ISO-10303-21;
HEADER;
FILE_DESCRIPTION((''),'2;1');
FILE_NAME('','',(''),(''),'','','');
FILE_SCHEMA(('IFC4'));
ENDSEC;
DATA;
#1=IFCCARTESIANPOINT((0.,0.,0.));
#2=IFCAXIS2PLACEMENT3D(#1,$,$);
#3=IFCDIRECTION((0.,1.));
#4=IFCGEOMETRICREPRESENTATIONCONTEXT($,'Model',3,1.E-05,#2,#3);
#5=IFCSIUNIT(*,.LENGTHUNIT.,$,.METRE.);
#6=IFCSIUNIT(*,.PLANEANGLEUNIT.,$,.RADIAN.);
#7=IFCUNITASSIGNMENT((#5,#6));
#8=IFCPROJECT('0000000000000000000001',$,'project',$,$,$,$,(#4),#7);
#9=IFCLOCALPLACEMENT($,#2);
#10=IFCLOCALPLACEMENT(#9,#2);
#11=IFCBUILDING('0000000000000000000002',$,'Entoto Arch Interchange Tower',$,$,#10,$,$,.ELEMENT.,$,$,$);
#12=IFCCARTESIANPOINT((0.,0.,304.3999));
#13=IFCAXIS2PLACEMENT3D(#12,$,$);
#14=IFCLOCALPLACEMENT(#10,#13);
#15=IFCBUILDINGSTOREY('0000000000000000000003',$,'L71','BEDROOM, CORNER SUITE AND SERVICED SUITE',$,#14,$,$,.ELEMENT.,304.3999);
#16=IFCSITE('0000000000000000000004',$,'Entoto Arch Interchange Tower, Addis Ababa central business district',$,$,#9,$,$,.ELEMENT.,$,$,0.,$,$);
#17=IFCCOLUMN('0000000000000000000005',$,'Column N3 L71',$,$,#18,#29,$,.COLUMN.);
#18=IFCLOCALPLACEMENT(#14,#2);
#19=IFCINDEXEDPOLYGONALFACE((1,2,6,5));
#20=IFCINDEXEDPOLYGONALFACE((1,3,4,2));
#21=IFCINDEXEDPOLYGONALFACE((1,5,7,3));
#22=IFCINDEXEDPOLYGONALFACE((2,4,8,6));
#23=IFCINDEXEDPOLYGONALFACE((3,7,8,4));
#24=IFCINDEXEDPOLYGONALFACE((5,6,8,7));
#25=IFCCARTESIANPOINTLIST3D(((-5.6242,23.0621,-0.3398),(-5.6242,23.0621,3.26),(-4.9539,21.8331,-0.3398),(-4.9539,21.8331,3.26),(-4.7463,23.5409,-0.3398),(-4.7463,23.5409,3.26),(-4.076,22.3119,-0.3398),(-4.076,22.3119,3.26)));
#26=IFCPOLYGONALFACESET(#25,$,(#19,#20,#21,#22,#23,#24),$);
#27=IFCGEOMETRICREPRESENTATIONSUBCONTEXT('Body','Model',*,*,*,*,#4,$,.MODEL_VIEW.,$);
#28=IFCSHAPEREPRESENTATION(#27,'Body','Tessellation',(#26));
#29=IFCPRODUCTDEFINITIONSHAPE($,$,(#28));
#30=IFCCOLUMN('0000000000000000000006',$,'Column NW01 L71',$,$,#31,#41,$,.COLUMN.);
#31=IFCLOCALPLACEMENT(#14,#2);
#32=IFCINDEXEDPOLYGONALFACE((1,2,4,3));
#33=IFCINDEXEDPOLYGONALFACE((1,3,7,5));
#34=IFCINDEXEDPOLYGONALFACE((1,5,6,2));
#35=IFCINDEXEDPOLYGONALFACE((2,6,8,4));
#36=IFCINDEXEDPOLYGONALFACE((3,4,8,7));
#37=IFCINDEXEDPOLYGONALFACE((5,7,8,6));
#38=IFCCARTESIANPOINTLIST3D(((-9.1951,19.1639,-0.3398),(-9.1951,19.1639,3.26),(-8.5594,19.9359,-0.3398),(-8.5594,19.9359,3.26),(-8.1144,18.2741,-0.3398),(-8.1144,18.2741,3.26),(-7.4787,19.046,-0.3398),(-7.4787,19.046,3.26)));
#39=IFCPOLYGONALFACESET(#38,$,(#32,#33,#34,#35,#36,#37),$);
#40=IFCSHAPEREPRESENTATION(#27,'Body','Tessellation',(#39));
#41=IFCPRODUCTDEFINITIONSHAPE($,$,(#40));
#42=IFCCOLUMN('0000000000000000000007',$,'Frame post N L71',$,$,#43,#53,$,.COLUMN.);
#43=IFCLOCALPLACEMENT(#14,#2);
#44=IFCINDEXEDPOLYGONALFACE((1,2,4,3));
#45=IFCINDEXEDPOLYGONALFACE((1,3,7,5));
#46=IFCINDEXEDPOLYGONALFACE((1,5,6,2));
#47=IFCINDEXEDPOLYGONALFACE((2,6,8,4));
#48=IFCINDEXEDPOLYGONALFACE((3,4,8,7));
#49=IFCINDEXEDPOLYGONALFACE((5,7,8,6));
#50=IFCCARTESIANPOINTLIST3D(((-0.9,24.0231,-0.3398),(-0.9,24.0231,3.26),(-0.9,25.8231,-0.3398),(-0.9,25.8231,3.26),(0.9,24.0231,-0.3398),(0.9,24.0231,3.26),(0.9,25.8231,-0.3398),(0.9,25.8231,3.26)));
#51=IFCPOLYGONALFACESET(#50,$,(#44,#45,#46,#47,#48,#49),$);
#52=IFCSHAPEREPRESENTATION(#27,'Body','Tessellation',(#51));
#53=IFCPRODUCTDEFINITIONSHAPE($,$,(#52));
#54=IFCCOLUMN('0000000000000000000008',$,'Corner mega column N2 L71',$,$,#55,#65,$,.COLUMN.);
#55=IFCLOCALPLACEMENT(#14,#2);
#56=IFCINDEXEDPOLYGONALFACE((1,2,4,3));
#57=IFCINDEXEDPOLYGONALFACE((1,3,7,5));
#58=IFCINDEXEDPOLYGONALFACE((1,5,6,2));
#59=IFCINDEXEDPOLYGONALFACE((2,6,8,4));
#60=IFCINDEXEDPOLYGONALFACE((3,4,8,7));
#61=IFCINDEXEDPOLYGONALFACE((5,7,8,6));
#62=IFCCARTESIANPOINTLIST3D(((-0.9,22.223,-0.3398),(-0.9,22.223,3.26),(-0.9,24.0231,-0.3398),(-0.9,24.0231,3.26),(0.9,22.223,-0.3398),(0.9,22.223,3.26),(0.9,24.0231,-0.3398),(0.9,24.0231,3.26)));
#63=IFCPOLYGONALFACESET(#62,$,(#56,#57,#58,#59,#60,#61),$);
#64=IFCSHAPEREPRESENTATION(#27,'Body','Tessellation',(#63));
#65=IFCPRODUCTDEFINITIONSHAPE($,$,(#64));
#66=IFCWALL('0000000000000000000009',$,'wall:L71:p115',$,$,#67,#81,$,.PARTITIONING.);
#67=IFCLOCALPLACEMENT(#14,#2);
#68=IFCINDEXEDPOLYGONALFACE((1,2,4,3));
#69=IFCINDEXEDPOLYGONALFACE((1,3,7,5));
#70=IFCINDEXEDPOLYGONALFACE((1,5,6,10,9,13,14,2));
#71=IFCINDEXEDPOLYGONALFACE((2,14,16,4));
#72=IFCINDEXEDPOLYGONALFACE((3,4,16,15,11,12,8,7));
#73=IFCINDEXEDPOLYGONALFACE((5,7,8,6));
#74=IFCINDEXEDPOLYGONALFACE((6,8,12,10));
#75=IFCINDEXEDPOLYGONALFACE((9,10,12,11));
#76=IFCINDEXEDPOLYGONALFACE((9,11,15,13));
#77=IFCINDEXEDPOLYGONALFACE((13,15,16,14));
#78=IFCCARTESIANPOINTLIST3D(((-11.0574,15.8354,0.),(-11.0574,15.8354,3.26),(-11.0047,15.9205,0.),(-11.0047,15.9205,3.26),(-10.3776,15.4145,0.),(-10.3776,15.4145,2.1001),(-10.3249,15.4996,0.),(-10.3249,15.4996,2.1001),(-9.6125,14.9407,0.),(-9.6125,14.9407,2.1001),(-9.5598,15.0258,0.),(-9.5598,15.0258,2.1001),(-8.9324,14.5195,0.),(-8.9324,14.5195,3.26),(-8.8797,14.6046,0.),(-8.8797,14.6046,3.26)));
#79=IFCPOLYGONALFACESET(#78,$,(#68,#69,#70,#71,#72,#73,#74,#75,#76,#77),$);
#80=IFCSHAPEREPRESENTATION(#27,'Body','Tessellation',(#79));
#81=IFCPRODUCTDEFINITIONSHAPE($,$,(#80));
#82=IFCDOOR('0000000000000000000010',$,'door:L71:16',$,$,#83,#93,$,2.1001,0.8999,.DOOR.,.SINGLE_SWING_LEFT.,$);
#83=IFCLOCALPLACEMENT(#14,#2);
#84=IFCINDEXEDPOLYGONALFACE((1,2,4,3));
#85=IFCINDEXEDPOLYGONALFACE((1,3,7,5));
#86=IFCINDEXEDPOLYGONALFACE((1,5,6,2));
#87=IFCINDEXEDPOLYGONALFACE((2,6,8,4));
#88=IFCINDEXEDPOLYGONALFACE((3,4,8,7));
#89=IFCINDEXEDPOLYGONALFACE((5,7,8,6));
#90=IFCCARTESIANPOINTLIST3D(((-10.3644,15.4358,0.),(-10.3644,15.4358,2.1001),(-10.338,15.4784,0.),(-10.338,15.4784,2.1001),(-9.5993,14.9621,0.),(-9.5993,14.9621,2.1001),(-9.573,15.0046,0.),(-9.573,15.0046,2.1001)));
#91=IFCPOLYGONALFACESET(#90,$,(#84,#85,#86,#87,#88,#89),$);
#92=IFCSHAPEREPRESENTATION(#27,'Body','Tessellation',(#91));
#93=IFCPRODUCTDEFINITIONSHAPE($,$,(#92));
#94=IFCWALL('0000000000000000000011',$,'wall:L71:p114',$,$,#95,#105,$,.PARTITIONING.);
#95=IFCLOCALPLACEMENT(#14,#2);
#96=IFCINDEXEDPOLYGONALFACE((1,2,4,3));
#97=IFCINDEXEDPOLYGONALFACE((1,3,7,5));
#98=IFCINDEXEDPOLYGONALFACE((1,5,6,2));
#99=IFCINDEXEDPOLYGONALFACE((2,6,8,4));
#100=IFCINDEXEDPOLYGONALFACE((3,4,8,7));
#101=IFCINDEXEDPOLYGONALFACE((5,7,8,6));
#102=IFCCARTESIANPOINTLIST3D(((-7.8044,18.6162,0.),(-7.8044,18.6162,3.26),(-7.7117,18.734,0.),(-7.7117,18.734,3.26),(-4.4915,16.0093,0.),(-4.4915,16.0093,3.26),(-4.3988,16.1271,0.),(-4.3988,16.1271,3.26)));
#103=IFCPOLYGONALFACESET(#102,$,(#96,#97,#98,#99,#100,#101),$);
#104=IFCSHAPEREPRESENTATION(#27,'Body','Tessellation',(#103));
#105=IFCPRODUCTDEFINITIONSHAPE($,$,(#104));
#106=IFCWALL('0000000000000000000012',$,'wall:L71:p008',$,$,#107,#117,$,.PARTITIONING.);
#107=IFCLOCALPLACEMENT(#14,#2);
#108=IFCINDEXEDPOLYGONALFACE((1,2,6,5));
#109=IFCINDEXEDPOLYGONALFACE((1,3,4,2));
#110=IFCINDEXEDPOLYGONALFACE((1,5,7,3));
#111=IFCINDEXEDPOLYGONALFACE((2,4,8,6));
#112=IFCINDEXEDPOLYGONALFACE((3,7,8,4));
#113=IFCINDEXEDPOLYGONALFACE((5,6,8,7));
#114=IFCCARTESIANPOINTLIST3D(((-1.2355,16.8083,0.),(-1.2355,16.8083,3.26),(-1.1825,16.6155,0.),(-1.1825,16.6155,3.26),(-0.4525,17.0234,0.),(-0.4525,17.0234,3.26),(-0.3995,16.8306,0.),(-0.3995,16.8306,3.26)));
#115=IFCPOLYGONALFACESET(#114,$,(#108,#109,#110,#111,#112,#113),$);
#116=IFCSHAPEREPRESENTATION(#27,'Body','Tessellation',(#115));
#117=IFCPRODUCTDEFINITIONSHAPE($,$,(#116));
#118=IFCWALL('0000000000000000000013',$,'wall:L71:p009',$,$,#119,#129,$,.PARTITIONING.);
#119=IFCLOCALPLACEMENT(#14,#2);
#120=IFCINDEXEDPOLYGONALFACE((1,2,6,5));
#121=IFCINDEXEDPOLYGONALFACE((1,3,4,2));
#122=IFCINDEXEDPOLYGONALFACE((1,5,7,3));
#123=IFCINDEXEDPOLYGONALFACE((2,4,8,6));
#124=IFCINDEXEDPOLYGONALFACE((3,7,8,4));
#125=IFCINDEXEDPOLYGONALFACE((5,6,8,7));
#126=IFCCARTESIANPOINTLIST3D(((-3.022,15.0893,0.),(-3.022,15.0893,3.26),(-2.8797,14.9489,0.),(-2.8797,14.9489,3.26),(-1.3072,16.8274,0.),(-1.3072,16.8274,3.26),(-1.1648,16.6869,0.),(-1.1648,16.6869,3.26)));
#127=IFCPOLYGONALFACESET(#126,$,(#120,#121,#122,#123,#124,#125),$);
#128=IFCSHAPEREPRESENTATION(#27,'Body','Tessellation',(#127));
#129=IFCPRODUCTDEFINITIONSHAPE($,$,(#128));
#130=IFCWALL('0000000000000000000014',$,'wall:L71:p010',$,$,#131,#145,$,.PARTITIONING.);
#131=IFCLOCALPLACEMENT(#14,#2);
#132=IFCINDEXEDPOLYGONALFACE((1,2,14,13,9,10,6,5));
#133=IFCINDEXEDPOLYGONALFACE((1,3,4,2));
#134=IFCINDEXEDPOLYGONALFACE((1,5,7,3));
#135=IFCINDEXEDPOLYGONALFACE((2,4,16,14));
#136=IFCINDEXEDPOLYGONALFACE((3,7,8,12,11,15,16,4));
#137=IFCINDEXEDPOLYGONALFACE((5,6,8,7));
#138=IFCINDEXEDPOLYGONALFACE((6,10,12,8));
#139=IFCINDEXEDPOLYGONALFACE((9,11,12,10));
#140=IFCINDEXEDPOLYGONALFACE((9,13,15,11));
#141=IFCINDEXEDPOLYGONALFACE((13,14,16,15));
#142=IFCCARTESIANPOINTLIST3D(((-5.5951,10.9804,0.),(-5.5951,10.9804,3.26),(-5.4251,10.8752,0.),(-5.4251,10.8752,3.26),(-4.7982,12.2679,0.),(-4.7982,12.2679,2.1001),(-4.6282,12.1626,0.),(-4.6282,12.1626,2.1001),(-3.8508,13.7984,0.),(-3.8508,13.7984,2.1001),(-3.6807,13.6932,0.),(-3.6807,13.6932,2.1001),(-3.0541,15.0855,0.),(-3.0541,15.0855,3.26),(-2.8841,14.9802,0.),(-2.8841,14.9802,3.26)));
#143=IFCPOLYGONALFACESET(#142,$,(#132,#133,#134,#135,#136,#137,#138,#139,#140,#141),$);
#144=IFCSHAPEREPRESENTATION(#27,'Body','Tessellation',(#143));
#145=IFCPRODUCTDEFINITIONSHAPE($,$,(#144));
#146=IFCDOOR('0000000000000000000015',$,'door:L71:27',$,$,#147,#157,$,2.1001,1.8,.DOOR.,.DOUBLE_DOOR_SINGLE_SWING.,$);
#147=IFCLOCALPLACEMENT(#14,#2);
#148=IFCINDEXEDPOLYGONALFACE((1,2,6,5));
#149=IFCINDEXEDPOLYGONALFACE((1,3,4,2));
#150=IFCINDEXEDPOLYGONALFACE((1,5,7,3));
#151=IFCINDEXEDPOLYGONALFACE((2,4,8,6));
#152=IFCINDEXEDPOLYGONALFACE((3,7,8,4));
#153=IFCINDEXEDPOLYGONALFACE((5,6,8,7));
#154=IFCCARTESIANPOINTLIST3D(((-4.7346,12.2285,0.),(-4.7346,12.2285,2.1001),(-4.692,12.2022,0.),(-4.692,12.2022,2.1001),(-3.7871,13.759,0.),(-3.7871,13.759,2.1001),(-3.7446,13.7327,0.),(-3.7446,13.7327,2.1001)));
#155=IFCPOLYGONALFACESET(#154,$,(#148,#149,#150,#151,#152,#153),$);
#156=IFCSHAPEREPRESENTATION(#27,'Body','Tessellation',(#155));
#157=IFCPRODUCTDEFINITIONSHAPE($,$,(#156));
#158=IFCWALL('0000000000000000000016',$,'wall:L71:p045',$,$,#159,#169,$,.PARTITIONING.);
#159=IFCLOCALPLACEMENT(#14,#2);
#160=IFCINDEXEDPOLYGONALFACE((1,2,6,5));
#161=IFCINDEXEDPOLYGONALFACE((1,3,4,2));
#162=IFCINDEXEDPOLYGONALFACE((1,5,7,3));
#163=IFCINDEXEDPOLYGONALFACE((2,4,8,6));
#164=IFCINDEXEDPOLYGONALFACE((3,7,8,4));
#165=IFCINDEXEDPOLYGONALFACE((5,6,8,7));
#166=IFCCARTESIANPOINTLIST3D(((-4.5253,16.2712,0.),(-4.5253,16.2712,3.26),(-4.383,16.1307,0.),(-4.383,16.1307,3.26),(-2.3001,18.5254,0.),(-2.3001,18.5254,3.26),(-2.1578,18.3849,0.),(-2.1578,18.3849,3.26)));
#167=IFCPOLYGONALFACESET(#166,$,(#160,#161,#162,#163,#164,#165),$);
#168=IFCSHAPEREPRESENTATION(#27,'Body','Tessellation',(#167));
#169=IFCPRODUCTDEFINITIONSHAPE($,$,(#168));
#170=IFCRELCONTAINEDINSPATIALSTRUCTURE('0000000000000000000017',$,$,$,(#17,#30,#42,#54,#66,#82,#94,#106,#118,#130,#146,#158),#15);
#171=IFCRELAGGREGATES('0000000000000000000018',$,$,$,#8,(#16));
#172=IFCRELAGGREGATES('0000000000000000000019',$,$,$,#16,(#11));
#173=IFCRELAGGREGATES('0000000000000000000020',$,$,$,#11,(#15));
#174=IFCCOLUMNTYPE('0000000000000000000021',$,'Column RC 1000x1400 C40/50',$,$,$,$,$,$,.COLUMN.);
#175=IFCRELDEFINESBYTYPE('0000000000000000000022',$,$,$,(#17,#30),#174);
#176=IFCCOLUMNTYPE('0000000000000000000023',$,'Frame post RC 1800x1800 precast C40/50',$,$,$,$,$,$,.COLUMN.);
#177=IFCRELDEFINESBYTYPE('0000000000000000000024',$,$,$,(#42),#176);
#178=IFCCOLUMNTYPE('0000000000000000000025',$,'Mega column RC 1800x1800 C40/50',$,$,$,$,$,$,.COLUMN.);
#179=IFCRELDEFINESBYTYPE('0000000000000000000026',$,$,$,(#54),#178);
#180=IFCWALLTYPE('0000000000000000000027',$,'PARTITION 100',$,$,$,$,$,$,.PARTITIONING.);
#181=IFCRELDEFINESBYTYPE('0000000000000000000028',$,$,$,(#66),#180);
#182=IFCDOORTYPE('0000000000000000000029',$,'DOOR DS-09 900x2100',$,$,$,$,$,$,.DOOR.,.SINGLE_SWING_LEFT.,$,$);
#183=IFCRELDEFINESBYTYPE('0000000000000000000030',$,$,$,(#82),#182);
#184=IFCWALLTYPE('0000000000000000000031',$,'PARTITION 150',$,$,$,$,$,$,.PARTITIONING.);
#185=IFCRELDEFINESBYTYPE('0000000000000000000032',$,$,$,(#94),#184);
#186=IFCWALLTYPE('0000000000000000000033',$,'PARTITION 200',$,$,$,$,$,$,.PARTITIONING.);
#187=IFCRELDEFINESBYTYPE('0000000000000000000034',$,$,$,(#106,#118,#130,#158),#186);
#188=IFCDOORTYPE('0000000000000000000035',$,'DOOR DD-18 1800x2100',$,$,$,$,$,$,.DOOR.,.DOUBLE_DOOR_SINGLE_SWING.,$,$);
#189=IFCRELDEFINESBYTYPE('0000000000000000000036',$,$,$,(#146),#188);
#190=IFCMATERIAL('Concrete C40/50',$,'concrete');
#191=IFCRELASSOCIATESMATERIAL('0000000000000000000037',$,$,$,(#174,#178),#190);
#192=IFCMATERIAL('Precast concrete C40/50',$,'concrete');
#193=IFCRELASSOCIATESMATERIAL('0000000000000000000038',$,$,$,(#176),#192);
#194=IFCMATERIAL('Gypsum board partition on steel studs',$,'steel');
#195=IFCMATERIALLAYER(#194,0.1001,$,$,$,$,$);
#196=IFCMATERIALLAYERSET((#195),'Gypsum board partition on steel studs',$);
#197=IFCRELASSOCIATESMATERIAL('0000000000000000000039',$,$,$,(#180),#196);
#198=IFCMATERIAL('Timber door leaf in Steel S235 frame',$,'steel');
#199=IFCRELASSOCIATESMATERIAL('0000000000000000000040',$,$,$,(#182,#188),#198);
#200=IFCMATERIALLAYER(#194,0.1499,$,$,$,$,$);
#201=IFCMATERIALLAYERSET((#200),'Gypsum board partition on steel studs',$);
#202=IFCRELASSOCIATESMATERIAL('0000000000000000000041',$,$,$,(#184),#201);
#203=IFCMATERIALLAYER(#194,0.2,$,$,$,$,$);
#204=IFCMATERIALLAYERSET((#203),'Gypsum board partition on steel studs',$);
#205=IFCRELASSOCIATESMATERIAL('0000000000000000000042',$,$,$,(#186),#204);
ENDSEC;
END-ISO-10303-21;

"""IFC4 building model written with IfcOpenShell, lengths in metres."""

from ifc_helpers import new_model, si_unit, direction, frame, frame_2d, origin, origin_2d, place, context, subcontext, project, spatial, rectangle, extrude, material, layer, layer_set, material_profile, profile_set, type_object, element, fill, save


model = new_model("IFC4")

# Units and contexts
model_context = context("Model", 3, precision=1e-05, world=origin(), true_north=direction((0.0, 1.0)))
body_context = subcontext(model_context, "Body", "Model", "MODEL_VIEW")
ifc_project = project(units=[si_unit("LENGTHUNIT", "METRE"), si_unit("PLANEANGLEUNIT", "RADIAN")], contexts=[model_context])

# Site, building, storey
site_placement = place(None, origin())
site = spatial("IfcSite", under=ifc_project, at=site_placement, Name="Entoto Arch Interchange Tower, Addis Ababa central business district", CompositionType="ELEMENT", RefElevation=0.0)
building_placement = place(site_placement, origin())
building = spatial("IfcBuilding", under=site, at=building_placement, Name="Entoto Arch Interchange Tower", CompositionType="ELEMENT")
storey_placement = place(building_placement, frame((0.0, 0.0, 304.3999)))
storey = spatial("IfcBuildingStorey", under=building, at=storey_placement, Name="L71", Description="BEDROOM, CORNER SUITE AND SERVICED SUITE", CompositionType="ELEMENT", Elevation=304.3999)

# Columns
ifc_material_1 = material(Name="Concrete C40/50", Category="concrete")
ifc_material_profile_1 = material_profile(ifc_material_1, rectangle(XDim=1.0, YDim=1.3999, at=origin_2d()))
ifc_profile_set_1 = profile_set([ifc_material_profile_1], Name="Concrete C40/50")
column_type_1 = type_object("IfcColumnType", Name="Column RC 1000x1400 C40/50", PredefinedType="COLUMN", material=ifc_profile_set_1)
for number, where, z_axis, x_axis, name in (
    (1, (-4.8501, 22.687, -0.3398), (0.0, 0.0, 1.0), (0.877899, 0.478845, 0.0), "Column N3 L71"),
    (2, (-8.3369, 19.105, -0.3398), (0.0, 0.0, 1.0), (0.635647, 0.77198, 0.0), "Column NW01 L71"),
):
    element("IfcColumn", number, at=place(storey_placement, frame(where, z_axis=z_axis, x_axis=x_axis)), inside=storey, type_object=column_type_1, Name=name, PredefinedType="COLUMN", context=body_context, shape_type="SweptSolid", body=[
        extrude(rectangle(XDim=1.0, YDim=1.3999, at=origin_2d()), origin(), (0.0, 0.0, 1.0), 3.5999),
    ])
ifc_material_2 = material(Name="Precast concrete C40/50", Category="concrete")
ifc_material_profile_2 = material_profile(ifc_material_2, rectangle(XDim=1.8, YDim=1.8, at=origin_2d()))
ifc_profile_set_2 = profile_set([ifc_material_profile_2], Name="Precast concrete C40/50")
column_type_2 = type_object("IfcColumnType", Name="Frame post RC 1800x1800 precast C40/50", PredefinedType="COLUMN", material=ifc_profile_set_2)
column_1_placement = place(storey_placement, frame((0.0, 24.9231, -0.3398), z_axis=(0.0, 0.0, 1.0), x_axis=(0.0, 1.0, 0.0)))
element("IfcColumn", 3, at=column_1_placement, inside=storey, type_object=column_type_2, Name="Frame post N L71", PredefinedType="COLUMN", context=body_context, shape_type="SweptSolid", body=[
    extrude(rectangle(XDim=1.8, YDim=1.8, at=origin_2d()), origin(), (0.0, 0.0, 1.0), 3.5999),
])
ifc_material_profile_3 = material_profile(ifc_material_1, rectangle(XDim=1.8, YDim=1.8, at=origin_2d()))
ifc_profile_set_3 = profile_set([ifc_material_profile_3], Name="Concrete C40/50")
column_type_3 = type_object("IfcColumnType", Name="Mega column RC 1800x1800 C40/50", PredefinedType="COLUMN", material=ifc_profile_set_3)
column_2_placement = place(storey_placement, frame((0.0, 23.123, -0.3398), z_axis=(0.0, 0.0, 1.0), x_axis=(0.0, 1.0, 0.0)))
element("IfcColumn", 4, at=column_2_placement, inside=storey, type_object=column_type_3, Name="Corner mega column N2 L71", PredefinedType="COLUMN", context=body_context, shape_type="SweptSolid", body=[
    extrude(rectangle(XDim=1.8, YDim=1.8, at=origin_2d()), origin(), (0.0, 0.0, 1.0), 3.5999),
])

# Wall, opening, door
ifc_material_3 = material(Name="Gypsum board partition on steel studs", Category="steel")
ifc_layer_1 = layer(ifc_material_3, 0.1001)
ifc_layer_set_1 = layer_set([ifc_layer_1], Name="Gypsum board partition on steel studs")
wall_type_1 = type_object("IfcWallType", Name="PARTITION 100", PredefinedType="PARTITIONING", material=ifc_layer_set_1)
wall_1_placement = place(storey_placement, frame((-8.906, 14.562, 0.0), z_axis=(0.0, 0.0, 1.0), x_axis=(-0.850186, 0.526482, 0.0)))
wall_1 = element("IfcWall", 5, at=wall_1_placement, inside=storey, type_object=wall_type_1, Name="wall:L71:p115", PredefinedType="PARTITIONING", context=body_context, shape_type="SweptSolid", body=[
    extrude(rectangle(XDim=2.4995, YDim=0.1001, at=frame_2d((1.2498, 0.0))), origin(), (0.0, 0.0, 1.0), 3.26),
])
opening_1_placement = place(wall_1_placement, frame((0.8, 0.0, 0.0)))
opening_1 = element("IfcOpeningElement", 6, at=opening_1_placement, cuts=wall_1, PredefinedType="OPENING", context=body_context, shape_type="SweptSolid", body=[
    extrude(rectangle(XDim=0.8999, YDim=2.1001, at=frame_2d((0.45, 1.05))), frame((0.0, 0.0601, 0.0), z_axis=(0.0, -1.0, 0.0), x_axis=(1.0, 0.0, 0.0)), (0.0, 0.0, 1.0), 0.1201),
])
ifc_material_4 = material(Name="Timber door leaf in Steel S235 frame", Category="steel")
door_type_1 = type_object("IfcDoorType", Name="DOOR DS-09 900x2100", OperationType="SINGLE_SWING_LEFT", PredefinedType="DOOR", material=ifc_material_4)
door_1_placement = place(opening_1_placement, origin())
door_1 = element("IfcDoor", 7, at=door_1_placement, inside=storey, type_object=door_type_1, Name="door:L71:16", OperationType="SINGLE_SWING_LEFT", OverallHeight=2.1001, OverallWidth=0.8999, PredefinedType="DOOR", context=body_context, shape_type="SweptSolid", body=[
    extrude(rectangle(XDim=0.8999, YDim=2.1001, at=frame_2d((0.45, 1.05))), frame((0.0, 0.0249, 0.0), z_axis=(0.0, -1.0, 0.0), x_axis=(1.0, 0.0, 0.0)), (0.0, 0.0, 1.0), 0.05),
])
fill(opening_1, door_1)

# Walls
ifc_layer_2 = layer(ifc_material_3, 0.1499)
ifc_layer_set_2 = layer_set([ifc_layer_2], Name="Gypsum board partition on steel studs")
wall_type_2 = type_object("IfcWallType", Name="PARTITION 150", PredefinedType="PARTITIONING", material=ifc_layer_set_2)
wall_2_placement = place(storey_placement, frame((-4.4451, 16.0681, 0.0), z_axis=(0.0, 0.0, 1.0), x_axis=(-0.785872, 0.618389, 0.0)))
element("IfcWall", 8, at=wall_2_placement, inside=storey, type_object=wall_type_2, Name="wall:L71:p114", PredefinedType="PARTITIONING", context=body_context, shape_type="SweptSolid", body=[
    extrude(rectangle(XDim=4.2156, YDim=0.1499, at=frame_2d((2.1079, 0.0))), origin(), (0.0, 0.0, 1.0), 3.26),
])
ifc_layer_3 = layer(ifc_material_3, 0.2)
ifc_layer_set_3 = layer_set([ifc_layer_3], Name="Gypsum board partition on steel studs")
wall_type_3 = type_object("IfcWallType", Name="PARTITION 200", PredefinedType="PARTITIONING", material=ifc_layer_set_3)
wall_3_placement = place(storey_placement, frame((-0.426, 16.927, 0.0), z_axis=(0.0, 0.0, 1.0), x_axis=(-0.964276, -0.264898, 0.0)))
element("IfcWall", 9, at=wall_3_placement, inside=storey, type_object=wall_type_3, Name="wall:L71:p008", PredefinedType="PARTITIONING", context=body_context, shape_type="SweptSolid", body=[
    extrude(rectangle(XDim=0.812, YDim=0.2, at=frame_2d((0.406, 0.0))), origin(), (0.0, 0.0, 1.0), 3.26),
])
wall_4_placement = place(storey_placement, frame((-1.2361, 16.7571, 0.0), z_axis=(0.0, 0.0, 1.0), x_axis=(-0.702341, -0.71184, 0.0)))
element("IfcWall", 10, at=wall_4_placement, inside=storey, type_object=wall_type_3, Name="wall:L71:p009", PredefinedType="PARTITIONING", context=body_context, shape_type="SweptSolid", body=[
    extrude(rectangle(XDim=2.4417, YDim=0.2, at=frame_2d((1.2207, 0.0))), origin(), (0.0, 0.0, 1.0), 3.26),
])

# Wall, opening, door
wall_5_placement = place(storey_placement, frame((-2.969, 15.033, 0.0), z_axis=(0.0, 0.0, 1.0), x_axis=(-0.52633, -0.85028, 0.0)))
wall_5 = element("IfcWall", 11, at=wall_5_placement, inside=storey, type_object=wall_type_3, Name="wall:L71:p010", PredefinedType="PARTITIONING", context=body_context, shape_type="SweptSolid", body=[
    extrude(rectangle(XDim=4.8279, YDim=0.2, at=frame_2d((2.4141, 0.0))), origin(), (0.0, 0.0, 1.0), 3.26),
])
opening_2_placement = place(wall_5_placement, frame((1.5139, 0.0, 0.0)))
opening_2 = element("IfcOpeningElement", 12, at=opening_2_placement, cuts=wall_5, PredefinedType="OPENING", context=body_context, shape_type="SweptSolid", body=[
    extrude(rectangle(XDim=1.8, YDim=2.1001, at=frame_2d((0.8999, 1.05))), frame((0.0, 0.1099, 0.0), z_axis=(0.0, -1.0, 0.0), x_axis=(1.0, 0.0, 0.0)), (0.0, 0.0, 1.0), 0.22),
])
door_type_2 = type_object("IfcDoorType", Name="DOOR DD-18 1800x2100", OperationType="DOUBLE_DOOR_SINGLE_SWING", PredefinedType="DOOR", material=ifc_material_4)
door_2_placement = place(opening_2_placement, origin())
door_2 = element("IfcDoor", 13, at=door_2_placement, inside=storey, type_object=door_type_2, Name="door:L71:27", OperationType="DOUBLE_DOOR_SINGLE_SWING", OverallHeight=2.1001, OverallWidth=1.8, PredefinedType="DOOR", context=body_context, shape_type="SweptSolid", body=[
    extrude(rectangle(XDim=1.8, YDim=2.1001, at=frame_2d((0.8999, 1.05))), frame((0.0, 0.0249, 0.0), z_axis=(0.0, -1.0, 0.0), x_axis=(1.0, 0.0, 0.0)), (0.0, 0.0, 1.0), 0.05),
])
fill(opening_2, door_2)

# Wall
wall_6_placement = place(storey_placement, frame((-4.4541, 16.2009, 0.0), z_axis=(0.0, 0.0, 1.0), x_axis=(0.702506, 0.711678, 0.0)))
element("IfcWall", 14, at=wall_6_placement, inside=storey, type_object=wall_type_3, Name="wall:L71:p045", PredefinedType="PARTITIONING", context=body_context, shape_type="SweptSolid", body=[
    extrude(rectangle(XDim=3.1675, YDim=0.2, at=frame_2d((1.5837, 0.0))), origin(), (0.0, 0.0, 1.0), 3.26),
])

save(model, "model.ifc")
